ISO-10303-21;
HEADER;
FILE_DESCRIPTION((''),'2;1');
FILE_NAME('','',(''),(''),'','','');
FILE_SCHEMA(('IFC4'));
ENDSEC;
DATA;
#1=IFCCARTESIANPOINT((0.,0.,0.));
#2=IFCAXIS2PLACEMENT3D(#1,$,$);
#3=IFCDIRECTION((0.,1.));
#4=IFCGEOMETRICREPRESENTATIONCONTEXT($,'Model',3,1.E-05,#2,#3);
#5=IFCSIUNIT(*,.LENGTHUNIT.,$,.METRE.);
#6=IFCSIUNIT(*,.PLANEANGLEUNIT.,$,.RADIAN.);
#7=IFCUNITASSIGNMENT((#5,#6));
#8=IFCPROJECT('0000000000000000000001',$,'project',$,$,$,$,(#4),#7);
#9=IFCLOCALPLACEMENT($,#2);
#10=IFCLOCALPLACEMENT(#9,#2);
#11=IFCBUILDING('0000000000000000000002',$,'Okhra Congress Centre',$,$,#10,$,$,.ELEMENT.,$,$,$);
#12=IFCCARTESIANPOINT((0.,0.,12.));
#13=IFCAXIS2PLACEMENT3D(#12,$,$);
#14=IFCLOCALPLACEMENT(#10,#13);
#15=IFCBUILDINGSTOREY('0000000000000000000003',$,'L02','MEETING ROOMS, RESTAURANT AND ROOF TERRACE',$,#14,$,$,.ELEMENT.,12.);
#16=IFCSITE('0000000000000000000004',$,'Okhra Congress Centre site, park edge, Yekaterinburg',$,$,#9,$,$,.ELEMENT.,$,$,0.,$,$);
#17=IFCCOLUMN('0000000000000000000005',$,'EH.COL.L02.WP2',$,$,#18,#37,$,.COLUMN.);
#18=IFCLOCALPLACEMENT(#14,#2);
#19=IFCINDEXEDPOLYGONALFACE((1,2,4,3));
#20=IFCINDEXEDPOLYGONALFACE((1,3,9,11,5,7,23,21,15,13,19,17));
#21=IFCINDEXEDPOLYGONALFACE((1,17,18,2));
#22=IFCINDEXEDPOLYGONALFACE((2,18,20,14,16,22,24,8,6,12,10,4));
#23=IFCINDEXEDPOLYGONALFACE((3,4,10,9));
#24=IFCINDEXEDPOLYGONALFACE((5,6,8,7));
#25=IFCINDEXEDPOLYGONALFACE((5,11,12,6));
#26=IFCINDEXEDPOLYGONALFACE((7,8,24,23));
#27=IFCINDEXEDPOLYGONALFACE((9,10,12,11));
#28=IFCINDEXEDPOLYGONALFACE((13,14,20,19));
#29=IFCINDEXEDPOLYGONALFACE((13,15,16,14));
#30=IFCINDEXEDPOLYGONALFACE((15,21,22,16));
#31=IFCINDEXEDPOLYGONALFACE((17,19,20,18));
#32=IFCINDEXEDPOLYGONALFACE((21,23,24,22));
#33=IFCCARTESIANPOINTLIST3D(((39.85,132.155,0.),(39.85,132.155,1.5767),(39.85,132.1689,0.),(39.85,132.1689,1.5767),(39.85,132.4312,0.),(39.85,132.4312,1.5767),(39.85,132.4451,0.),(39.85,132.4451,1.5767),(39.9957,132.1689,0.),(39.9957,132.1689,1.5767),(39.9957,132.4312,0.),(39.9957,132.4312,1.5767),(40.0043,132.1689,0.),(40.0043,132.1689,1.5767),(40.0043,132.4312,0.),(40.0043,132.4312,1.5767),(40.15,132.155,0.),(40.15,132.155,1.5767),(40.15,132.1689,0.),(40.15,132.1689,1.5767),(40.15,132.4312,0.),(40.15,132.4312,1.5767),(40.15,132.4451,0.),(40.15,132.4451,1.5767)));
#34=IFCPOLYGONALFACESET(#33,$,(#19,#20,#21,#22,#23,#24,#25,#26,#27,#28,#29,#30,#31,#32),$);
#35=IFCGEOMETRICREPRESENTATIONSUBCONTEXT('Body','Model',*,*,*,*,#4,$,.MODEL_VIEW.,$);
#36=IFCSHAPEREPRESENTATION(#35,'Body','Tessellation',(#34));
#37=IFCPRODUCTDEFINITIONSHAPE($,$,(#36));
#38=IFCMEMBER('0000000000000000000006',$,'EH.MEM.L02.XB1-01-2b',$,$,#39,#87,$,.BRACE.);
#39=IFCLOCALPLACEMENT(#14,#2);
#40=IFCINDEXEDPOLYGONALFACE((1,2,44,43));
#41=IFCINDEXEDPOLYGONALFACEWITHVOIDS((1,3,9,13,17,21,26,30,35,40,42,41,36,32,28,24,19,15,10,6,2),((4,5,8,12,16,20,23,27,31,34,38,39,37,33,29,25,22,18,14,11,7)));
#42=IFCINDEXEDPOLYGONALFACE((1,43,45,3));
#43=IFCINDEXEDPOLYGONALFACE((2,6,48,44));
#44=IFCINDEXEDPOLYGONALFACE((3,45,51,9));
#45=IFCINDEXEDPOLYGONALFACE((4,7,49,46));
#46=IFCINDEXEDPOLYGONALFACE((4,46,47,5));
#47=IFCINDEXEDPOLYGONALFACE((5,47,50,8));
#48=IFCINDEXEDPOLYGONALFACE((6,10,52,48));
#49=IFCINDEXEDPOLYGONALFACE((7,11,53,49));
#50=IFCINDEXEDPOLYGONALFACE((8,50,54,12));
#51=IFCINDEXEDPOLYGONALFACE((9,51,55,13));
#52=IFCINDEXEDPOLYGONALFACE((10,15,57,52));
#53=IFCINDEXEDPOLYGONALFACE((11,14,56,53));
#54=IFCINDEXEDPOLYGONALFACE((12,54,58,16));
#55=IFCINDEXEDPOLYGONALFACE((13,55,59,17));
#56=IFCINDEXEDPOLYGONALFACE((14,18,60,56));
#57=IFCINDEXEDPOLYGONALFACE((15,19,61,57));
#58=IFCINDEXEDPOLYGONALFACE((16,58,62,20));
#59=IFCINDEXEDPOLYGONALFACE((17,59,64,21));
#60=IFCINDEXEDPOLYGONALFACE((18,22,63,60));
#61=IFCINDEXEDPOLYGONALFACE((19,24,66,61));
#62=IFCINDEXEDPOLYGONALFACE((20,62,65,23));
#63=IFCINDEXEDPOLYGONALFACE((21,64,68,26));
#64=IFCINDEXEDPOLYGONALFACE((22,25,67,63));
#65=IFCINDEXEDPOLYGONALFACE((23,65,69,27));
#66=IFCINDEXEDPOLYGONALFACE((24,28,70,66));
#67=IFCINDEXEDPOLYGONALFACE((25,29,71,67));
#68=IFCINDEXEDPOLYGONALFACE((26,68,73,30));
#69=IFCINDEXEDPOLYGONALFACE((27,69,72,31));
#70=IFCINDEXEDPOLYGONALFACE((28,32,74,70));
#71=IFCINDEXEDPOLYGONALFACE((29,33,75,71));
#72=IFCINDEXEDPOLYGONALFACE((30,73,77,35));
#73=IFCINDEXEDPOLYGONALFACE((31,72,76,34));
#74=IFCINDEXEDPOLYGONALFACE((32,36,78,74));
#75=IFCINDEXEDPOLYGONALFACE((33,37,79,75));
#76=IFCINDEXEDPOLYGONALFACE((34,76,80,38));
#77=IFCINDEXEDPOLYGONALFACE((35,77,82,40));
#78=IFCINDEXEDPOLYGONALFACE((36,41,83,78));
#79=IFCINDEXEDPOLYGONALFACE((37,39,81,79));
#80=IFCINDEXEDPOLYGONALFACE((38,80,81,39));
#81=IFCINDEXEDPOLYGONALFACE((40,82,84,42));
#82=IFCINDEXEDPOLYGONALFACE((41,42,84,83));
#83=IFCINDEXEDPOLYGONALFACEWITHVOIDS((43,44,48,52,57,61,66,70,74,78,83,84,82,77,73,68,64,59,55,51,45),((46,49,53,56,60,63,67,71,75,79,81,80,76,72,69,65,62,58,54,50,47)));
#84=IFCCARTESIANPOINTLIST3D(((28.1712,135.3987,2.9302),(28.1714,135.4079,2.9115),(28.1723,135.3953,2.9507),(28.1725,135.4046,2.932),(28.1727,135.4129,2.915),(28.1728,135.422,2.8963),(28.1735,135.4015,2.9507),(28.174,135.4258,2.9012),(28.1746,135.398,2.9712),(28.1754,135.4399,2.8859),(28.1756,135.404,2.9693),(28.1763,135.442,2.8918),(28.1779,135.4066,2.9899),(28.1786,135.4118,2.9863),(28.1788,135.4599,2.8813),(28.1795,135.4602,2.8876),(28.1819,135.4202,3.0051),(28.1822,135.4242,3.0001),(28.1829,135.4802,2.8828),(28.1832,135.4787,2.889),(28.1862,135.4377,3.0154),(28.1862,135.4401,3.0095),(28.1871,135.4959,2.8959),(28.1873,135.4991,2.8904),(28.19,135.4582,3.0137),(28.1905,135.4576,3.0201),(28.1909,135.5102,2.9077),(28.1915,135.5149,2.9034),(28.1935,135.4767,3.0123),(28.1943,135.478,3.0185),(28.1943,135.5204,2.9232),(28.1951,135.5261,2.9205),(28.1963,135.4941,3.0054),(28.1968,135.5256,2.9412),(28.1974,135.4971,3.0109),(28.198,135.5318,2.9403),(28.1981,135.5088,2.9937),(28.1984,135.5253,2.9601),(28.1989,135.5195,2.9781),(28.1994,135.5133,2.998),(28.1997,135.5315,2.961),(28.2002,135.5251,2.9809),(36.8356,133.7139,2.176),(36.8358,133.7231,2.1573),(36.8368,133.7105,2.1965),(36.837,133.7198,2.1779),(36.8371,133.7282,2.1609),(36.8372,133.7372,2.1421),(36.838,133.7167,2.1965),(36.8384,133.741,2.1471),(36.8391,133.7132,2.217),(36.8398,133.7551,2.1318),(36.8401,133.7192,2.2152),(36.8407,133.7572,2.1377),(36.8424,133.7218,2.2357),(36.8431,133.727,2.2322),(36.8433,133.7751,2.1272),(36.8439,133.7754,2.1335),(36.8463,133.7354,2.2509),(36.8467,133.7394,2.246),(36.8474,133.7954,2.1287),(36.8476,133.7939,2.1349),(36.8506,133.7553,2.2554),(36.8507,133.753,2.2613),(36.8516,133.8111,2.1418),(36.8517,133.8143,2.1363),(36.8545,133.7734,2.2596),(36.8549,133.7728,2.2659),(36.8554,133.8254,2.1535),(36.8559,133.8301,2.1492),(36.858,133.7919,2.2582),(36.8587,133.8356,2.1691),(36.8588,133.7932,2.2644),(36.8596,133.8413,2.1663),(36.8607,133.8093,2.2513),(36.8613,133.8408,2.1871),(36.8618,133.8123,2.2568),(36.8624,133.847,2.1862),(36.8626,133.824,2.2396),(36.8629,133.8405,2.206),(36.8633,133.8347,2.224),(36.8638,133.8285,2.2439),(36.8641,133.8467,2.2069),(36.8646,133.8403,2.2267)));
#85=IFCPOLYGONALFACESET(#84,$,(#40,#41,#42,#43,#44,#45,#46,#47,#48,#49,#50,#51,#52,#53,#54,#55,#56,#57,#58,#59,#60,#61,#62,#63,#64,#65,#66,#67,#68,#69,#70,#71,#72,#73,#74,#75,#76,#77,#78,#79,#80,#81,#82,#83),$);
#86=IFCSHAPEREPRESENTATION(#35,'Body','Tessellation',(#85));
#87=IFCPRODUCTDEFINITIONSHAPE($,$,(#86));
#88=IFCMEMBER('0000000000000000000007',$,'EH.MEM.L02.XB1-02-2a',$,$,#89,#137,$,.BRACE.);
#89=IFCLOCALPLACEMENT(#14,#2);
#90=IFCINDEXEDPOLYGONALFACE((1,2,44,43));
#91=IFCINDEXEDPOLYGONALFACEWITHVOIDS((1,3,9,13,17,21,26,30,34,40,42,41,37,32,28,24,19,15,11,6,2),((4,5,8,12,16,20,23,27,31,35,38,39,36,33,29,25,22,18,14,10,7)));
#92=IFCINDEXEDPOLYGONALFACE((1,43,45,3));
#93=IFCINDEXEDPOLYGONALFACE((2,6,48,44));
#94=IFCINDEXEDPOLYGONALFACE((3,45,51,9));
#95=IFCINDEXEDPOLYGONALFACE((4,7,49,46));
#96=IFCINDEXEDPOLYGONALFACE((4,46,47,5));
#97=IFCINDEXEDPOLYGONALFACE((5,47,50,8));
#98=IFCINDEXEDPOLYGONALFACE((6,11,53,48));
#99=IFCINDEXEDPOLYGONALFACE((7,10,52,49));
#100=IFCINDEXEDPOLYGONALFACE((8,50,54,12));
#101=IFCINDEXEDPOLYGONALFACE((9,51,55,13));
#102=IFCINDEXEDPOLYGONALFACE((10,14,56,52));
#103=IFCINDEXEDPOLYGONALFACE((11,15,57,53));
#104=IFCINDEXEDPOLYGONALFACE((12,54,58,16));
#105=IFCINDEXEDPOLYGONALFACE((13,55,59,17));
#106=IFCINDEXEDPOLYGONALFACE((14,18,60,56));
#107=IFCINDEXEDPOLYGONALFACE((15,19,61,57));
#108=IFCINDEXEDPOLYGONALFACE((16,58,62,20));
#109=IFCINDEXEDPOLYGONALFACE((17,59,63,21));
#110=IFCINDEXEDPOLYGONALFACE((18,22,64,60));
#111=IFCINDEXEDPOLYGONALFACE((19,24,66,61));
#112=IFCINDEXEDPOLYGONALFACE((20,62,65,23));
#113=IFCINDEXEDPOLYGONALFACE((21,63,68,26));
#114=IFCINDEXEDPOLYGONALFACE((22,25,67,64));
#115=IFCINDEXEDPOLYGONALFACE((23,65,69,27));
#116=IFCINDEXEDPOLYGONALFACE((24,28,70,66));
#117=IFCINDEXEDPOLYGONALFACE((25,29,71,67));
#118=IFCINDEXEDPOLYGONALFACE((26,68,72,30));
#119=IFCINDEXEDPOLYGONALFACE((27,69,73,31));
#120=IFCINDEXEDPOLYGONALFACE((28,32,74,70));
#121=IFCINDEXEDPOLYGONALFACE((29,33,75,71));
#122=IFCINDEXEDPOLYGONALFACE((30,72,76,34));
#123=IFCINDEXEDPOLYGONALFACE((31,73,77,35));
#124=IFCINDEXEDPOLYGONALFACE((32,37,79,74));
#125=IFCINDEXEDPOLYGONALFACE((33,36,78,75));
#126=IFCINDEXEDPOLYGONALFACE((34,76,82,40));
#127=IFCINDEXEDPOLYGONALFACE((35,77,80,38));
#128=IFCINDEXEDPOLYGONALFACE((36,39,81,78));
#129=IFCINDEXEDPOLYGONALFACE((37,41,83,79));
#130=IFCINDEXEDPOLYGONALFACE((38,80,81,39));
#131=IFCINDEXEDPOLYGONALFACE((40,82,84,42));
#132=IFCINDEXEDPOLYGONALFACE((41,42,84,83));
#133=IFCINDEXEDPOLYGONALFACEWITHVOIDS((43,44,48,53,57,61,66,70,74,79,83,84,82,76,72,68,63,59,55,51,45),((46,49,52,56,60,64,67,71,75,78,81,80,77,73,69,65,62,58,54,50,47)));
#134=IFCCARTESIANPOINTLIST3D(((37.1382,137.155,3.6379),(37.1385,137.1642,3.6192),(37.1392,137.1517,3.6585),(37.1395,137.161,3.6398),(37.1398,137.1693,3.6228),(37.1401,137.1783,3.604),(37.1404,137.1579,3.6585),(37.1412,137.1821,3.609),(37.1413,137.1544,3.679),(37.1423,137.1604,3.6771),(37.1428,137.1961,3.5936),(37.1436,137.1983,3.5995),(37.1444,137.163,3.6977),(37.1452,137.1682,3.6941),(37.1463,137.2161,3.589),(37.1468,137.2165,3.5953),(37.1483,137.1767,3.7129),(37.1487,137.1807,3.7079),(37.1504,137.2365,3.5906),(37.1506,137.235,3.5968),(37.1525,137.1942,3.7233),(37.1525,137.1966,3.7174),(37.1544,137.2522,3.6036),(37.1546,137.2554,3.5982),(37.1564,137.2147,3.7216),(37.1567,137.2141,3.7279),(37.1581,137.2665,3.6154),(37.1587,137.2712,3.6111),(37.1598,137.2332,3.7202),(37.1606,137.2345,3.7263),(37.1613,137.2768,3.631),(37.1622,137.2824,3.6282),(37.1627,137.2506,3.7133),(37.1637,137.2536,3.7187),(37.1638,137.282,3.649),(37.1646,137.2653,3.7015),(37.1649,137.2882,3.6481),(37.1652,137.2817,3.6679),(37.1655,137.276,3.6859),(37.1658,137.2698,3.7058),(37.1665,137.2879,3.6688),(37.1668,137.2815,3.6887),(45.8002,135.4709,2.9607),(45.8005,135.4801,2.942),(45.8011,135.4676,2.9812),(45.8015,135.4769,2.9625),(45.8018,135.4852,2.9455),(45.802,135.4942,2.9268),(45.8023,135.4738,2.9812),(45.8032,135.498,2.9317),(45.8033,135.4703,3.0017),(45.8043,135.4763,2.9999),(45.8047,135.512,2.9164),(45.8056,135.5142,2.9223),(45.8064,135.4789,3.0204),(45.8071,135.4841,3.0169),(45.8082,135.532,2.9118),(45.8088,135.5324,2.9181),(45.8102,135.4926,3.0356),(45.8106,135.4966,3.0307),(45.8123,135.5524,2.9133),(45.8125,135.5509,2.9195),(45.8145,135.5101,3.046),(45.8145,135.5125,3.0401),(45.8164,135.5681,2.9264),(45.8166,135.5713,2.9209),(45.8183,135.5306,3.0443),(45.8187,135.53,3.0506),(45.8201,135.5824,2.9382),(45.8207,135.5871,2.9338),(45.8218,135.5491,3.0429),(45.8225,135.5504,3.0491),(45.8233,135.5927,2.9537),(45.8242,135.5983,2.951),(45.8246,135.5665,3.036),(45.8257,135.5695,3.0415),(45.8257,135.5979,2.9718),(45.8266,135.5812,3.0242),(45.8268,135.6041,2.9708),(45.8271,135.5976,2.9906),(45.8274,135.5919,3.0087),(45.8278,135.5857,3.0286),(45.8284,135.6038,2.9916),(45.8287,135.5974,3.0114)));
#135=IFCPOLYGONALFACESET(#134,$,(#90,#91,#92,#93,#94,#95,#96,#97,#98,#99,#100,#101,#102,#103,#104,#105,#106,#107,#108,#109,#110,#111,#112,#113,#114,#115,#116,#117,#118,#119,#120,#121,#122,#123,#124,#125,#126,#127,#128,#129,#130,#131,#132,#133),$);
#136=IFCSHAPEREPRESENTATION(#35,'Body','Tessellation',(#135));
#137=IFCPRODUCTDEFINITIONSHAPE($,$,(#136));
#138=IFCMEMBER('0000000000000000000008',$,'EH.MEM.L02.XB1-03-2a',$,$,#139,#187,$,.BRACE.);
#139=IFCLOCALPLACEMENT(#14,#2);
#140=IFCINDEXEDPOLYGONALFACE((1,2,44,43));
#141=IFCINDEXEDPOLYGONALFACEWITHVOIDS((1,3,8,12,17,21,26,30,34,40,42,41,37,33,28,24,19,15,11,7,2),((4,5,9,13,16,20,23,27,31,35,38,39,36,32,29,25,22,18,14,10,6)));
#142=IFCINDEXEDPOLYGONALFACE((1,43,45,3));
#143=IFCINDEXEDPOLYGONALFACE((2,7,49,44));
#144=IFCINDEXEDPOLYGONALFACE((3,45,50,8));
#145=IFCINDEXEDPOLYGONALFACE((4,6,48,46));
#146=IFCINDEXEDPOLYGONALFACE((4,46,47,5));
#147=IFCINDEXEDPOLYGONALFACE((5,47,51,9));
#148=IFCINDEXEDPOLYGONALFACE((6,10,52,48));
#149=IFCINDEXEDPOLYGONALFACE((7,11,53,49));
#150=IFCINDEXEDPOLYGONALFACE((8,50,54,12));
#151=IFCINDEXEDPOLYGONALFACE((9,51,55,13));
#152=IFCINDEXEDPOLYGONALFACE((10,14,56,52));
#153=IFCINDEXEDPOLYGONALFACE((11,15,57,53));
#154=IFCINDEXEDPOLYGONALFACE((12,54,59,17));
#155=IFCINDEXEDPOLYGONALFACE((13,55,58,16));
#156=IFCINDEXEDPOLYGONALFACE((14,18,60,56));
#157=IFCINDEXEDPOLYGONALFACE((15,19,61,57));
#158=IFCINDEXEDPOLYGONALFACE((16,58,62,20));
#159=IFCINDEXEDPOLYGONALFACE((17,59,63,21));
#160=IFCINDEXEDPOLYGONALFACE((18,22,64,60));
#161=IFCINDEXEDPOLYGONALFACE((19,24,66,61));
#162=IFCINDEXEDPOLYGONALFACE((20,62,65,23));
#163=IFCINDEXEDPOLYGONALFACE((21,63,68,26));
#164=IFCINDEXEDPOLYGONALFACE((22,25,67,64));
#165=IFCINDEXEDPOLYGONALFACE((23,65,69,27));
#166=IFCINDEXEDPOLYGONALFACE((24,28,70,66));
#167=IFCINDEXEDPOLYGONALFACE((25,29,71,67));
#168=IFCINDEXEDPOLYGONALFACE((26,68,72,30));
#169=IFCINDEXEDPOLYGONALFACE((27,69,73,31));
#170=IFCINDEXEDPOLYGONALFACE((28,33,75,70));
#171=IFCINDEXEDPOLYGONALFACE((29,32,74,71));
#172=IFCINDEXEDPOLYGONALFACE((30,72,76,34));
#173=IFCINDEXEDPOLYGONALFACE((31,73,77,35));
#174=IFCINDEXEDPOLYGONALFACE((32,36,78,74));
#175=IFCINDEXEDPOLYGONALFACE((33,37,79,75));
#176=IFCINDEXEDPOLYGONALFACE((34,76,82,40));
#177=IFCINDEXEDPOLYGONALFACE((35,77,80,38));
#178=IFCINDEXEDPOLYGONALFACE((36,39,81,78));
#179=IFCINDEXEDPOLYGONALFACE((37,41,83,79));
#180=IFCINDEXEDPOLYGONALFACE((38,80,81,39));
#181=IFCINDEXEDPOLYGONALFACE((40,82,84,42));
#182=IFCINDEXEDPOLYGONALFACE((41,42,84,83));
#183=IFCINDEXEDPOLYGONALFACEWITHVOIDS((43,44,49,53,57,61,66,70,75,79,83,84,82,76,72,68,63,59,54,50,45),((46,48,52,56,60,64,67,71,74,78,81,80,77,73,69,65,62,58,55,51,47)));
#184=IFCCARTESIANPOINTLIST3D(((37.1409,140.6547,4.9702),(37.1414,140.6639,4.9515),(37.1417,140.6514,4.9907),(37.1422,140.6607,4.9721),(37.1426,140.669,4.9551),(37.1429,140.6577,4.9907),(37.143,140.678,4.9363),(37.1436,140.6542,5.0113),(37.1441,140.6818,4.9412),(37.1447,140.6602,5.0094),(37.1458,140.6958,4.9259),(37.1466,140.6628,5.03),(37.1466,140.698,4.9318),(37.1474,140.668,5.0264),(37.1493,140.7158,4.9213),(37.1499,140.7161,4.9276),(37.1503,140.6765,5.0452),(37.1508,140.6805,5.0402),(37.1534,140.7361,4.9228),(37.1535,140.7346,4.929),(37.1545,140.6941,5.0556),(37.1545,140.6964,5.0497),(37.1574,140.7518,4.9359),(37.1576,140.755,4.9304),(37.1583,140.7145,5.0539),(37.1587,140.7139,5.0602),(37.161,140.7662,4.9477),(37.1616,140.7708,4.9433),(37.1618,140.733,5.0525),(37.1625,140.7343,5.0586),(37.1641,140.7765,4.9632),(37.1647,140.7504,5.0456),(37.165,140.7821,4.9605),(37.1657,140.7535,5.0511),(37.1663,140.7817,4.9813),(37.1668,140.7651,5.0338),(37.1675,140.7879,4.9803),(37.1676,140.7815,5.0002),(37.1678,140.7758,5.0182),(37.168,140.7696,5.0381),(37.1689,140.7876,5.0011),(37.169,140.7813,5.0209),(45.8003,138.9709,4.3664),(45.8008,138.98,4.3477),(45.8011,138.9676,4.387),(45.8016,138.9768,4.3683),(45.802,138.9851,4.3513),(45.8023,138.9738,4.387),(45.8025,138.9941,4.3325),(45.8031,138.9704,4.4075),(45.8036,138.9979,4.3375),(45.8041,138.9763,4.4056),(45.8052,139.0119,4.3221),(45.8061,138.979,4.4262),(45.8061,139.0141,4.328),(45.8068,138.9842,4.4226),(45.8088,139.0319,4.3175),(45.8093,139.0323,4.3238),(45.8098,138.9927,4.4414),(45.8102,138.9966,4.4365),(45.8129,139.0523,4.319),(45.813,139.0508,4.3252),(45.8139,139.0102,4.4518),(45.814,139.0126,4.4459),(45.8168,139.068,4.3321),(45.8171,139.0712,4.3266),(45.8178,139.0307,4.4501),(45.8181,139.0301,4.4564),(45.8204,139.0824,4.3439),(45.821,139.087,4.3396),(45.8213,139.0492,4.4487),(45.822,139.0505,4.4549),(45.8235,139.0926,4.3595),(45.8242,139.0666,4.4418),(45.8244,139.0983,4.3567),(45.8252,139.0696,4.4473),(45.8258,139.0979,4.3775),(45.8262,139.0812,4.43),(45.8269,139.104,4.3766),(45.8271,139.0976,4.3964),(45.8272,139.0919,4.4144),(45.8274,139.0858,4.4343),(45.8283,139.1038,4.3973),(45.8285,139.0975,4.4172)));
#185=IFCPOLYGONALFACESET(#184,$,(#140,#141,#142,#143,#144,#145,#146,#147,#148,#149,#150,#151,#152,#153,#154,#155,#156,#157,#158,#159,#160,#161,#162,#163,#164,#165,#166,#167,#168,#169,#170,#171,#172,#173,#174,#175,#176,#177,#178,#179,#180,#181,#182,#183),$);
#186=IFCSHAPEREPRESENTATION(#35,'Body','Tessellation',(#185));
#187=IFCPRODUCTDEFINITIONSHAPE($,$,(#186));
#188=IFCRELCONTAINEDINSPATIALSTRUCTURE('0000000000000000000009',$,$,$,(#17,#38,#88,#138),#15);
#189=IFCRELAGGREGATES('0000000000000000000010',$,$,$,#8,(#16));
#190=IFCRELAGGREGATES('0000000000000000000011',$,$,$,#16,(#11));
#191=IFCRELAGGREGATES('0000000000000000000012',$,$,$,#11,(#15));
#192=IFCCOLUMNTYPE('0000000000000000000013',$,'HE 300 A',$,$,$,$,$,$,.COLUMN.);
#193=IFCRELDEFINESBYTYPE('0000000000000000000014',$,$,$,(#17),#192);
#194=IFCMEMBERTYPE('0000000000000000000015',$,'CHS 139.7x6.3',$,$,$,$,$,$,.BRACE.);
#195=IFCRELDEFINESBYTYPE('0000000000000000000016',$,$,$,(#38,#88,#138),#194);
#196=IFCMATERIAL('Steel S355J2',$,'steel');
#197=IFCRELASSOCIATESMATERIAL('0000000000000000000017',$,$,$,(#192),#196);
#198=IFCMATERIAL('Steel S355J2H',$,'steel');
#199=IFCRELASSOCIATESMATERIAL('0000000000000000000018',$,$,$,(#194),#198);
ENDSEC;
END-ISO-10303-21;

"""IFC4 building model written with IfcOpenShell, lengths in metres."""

from ifc_helpers import new_model, si_unit, direction, frame, origin, origin_2d, place, context, subcontext, project, spatial, hollow_circle, i_section, extrude, material, material_profile, profile_set, type_object, element, save


model = new_model("IFC4")

# Units and contexts
model_context = context("Model", 3, precision=1e-05, world=origin(), true_north=direction((0.0, 1.0)))
body_context = subcontext(model_context, "Body", "Model", "MODEL_VIEW")
ifc_project = project(units=[si_unit("LENGTHUNIT", "METRE"), si_unit("PLANEANGLEUNIT", "RADIAN")], contexts=[model_context])

# Site, building, storey
site_placement = place(None, origin())
site = spatial("IfcSite", under=ifc_project, at=site_placement, Name="Okhra Congress Centre site, park edge, Yekaterinburg", CompositionType="ELEMENT", RefElevation=0.0)
building_placement = place(site_placement, origin())
building = spatial("IfcBuilding", under=site, at=building_placement, Name="Okhra Congress Centre", CompositionType="ELEMENT")
storey_placement = place(building_placement, frame((0.0, 0.0, 12.0)))
storey = spatial("IfcBuildingStorey", under=building, at=storey_placement, Name="L02", Description="MEETING ROOMS, RESTAURANT AND ROOF TERRACE", CompositionType="ELEMENT", Elevation=12.0)

# Column
ifc_material_1 = material(Name="Steel S355J2", Category="steel")
ifc_material_profile_1 = material_profile(ifc_material_1, i_section(OverallWidth=0.3, OverallDepth=0.29, WebThickness=0.0085, FlangeThickness=0.0139, at=origin_2d()), Name="HE 300 A")
ifc_profile_set_1 = profile_set([ifc_material_profile_1], Name="Steel S355J2")
column_type = type_object("IfcColumnType", Name="HE 300 A", PredefinedType="COLUMN", material=ifc_profile_set_1)
column_placement = place(storey_placement, frame((40.0, 132.3, 0.0), z_axis=(0.0, 0.0, 1.0), x_axis=(1.0, 0.0, 0.0)))
element("IfcColumn", 1, at=column_placement, inside=storey, type_object=column_type, Name="EH.COL.L02.WP2", PredefinedType="COLUMN", context=body_context, shape_type="SweptSolid", body=[
    extrude(i_section(OverallWidth=0.3, OverallDepth=0.29, WebThickness=0.0085, FlangeThickness=0.0139, at=origin_2d()), origin(), (0.0, 0.0, 1.0), 1.5767),
])

# Members
ifc_material_2 = material(Name="Steel S355J2H", Category="steel")
ifc_material_profile_2 = material_profile(ifc_material_2, hollow_circle(Radius=0.0698, WallThickness=0.0063, at=origin_2d()), Name="CHS 139.7x6.3")
ifc_profile_set_2 = profile_set([ifc_material_profile_2], Name="Steel S355J2H")
member_type_1 = type_object("IfcMemberType", Name="CHS 139.7x6.3", PredefinedType="BRACE", material=ifc_profile_set_2)
member_1_placement = place(storey_placement, frame((36.8501, 133.7791, 2.1965), z_axis=(-0.978051, 0.190181, 0.085128), x_axis=(-0.190874, -0.981615, 0.0)))
element("IfcMember", 2, at=member_1_placement, inside=storey, type_object=member_type_1, Name="EH.MEM.L02.XB1-01-2b", PredefinedType="BRACE", context=body_context, shape_type="SweptSolid", body=[
    extrude(hollow_circle(Radius=0.0698, WallThickness=0.0063, at=origin_2d()), origin(), (0.0, 0.0, 1.0), 8.8589),
])
member_2_placement = place(storey_placement, frame((45.8145, 135.5361, 2.9812), z_axis=(-0.978741, 0.190292, 0.076525), x_axis=(-0.190851, -0.981619, 0.0)))
element("IfcMember", 3, at=member_2_placement, inside=storey, type_object=member_type_1, Name="EH.MEM.L02.XB1-02-2a", PredefinedType="BRACE", context=body_context, shape_type="SweptSolid", body=[
    extrude(hollow_circle(Radius=0.0698, WallThickness=0.0063, at=origin_2d()), origin(), (0.0, 0.0, 1.0), 8.8501),
])
member_3_placement = place(storey_placement, frame((45.8145, 139.0361, 4.387), z_axis=(-0.979323, 0.190431, 0.068281), x_axis=(-0.190876, -0.981614, 0.0)))
element("IfcMember", 4, at=member_3_placement, inside=storey, type_object=member_type_1, Name="EH.MEM.L02.XB1-03-2a", PredefinedType="BRACE", context=body_context, shape_type="SweptSolid", body=[
    extrude(hollow_circle(Radius=0.0698, WallThickness=0.0063, at=origin_2d()), origin(), (0.0, 0.0, 1.0), 8.8423),
])

save(model, "model.ifc")
